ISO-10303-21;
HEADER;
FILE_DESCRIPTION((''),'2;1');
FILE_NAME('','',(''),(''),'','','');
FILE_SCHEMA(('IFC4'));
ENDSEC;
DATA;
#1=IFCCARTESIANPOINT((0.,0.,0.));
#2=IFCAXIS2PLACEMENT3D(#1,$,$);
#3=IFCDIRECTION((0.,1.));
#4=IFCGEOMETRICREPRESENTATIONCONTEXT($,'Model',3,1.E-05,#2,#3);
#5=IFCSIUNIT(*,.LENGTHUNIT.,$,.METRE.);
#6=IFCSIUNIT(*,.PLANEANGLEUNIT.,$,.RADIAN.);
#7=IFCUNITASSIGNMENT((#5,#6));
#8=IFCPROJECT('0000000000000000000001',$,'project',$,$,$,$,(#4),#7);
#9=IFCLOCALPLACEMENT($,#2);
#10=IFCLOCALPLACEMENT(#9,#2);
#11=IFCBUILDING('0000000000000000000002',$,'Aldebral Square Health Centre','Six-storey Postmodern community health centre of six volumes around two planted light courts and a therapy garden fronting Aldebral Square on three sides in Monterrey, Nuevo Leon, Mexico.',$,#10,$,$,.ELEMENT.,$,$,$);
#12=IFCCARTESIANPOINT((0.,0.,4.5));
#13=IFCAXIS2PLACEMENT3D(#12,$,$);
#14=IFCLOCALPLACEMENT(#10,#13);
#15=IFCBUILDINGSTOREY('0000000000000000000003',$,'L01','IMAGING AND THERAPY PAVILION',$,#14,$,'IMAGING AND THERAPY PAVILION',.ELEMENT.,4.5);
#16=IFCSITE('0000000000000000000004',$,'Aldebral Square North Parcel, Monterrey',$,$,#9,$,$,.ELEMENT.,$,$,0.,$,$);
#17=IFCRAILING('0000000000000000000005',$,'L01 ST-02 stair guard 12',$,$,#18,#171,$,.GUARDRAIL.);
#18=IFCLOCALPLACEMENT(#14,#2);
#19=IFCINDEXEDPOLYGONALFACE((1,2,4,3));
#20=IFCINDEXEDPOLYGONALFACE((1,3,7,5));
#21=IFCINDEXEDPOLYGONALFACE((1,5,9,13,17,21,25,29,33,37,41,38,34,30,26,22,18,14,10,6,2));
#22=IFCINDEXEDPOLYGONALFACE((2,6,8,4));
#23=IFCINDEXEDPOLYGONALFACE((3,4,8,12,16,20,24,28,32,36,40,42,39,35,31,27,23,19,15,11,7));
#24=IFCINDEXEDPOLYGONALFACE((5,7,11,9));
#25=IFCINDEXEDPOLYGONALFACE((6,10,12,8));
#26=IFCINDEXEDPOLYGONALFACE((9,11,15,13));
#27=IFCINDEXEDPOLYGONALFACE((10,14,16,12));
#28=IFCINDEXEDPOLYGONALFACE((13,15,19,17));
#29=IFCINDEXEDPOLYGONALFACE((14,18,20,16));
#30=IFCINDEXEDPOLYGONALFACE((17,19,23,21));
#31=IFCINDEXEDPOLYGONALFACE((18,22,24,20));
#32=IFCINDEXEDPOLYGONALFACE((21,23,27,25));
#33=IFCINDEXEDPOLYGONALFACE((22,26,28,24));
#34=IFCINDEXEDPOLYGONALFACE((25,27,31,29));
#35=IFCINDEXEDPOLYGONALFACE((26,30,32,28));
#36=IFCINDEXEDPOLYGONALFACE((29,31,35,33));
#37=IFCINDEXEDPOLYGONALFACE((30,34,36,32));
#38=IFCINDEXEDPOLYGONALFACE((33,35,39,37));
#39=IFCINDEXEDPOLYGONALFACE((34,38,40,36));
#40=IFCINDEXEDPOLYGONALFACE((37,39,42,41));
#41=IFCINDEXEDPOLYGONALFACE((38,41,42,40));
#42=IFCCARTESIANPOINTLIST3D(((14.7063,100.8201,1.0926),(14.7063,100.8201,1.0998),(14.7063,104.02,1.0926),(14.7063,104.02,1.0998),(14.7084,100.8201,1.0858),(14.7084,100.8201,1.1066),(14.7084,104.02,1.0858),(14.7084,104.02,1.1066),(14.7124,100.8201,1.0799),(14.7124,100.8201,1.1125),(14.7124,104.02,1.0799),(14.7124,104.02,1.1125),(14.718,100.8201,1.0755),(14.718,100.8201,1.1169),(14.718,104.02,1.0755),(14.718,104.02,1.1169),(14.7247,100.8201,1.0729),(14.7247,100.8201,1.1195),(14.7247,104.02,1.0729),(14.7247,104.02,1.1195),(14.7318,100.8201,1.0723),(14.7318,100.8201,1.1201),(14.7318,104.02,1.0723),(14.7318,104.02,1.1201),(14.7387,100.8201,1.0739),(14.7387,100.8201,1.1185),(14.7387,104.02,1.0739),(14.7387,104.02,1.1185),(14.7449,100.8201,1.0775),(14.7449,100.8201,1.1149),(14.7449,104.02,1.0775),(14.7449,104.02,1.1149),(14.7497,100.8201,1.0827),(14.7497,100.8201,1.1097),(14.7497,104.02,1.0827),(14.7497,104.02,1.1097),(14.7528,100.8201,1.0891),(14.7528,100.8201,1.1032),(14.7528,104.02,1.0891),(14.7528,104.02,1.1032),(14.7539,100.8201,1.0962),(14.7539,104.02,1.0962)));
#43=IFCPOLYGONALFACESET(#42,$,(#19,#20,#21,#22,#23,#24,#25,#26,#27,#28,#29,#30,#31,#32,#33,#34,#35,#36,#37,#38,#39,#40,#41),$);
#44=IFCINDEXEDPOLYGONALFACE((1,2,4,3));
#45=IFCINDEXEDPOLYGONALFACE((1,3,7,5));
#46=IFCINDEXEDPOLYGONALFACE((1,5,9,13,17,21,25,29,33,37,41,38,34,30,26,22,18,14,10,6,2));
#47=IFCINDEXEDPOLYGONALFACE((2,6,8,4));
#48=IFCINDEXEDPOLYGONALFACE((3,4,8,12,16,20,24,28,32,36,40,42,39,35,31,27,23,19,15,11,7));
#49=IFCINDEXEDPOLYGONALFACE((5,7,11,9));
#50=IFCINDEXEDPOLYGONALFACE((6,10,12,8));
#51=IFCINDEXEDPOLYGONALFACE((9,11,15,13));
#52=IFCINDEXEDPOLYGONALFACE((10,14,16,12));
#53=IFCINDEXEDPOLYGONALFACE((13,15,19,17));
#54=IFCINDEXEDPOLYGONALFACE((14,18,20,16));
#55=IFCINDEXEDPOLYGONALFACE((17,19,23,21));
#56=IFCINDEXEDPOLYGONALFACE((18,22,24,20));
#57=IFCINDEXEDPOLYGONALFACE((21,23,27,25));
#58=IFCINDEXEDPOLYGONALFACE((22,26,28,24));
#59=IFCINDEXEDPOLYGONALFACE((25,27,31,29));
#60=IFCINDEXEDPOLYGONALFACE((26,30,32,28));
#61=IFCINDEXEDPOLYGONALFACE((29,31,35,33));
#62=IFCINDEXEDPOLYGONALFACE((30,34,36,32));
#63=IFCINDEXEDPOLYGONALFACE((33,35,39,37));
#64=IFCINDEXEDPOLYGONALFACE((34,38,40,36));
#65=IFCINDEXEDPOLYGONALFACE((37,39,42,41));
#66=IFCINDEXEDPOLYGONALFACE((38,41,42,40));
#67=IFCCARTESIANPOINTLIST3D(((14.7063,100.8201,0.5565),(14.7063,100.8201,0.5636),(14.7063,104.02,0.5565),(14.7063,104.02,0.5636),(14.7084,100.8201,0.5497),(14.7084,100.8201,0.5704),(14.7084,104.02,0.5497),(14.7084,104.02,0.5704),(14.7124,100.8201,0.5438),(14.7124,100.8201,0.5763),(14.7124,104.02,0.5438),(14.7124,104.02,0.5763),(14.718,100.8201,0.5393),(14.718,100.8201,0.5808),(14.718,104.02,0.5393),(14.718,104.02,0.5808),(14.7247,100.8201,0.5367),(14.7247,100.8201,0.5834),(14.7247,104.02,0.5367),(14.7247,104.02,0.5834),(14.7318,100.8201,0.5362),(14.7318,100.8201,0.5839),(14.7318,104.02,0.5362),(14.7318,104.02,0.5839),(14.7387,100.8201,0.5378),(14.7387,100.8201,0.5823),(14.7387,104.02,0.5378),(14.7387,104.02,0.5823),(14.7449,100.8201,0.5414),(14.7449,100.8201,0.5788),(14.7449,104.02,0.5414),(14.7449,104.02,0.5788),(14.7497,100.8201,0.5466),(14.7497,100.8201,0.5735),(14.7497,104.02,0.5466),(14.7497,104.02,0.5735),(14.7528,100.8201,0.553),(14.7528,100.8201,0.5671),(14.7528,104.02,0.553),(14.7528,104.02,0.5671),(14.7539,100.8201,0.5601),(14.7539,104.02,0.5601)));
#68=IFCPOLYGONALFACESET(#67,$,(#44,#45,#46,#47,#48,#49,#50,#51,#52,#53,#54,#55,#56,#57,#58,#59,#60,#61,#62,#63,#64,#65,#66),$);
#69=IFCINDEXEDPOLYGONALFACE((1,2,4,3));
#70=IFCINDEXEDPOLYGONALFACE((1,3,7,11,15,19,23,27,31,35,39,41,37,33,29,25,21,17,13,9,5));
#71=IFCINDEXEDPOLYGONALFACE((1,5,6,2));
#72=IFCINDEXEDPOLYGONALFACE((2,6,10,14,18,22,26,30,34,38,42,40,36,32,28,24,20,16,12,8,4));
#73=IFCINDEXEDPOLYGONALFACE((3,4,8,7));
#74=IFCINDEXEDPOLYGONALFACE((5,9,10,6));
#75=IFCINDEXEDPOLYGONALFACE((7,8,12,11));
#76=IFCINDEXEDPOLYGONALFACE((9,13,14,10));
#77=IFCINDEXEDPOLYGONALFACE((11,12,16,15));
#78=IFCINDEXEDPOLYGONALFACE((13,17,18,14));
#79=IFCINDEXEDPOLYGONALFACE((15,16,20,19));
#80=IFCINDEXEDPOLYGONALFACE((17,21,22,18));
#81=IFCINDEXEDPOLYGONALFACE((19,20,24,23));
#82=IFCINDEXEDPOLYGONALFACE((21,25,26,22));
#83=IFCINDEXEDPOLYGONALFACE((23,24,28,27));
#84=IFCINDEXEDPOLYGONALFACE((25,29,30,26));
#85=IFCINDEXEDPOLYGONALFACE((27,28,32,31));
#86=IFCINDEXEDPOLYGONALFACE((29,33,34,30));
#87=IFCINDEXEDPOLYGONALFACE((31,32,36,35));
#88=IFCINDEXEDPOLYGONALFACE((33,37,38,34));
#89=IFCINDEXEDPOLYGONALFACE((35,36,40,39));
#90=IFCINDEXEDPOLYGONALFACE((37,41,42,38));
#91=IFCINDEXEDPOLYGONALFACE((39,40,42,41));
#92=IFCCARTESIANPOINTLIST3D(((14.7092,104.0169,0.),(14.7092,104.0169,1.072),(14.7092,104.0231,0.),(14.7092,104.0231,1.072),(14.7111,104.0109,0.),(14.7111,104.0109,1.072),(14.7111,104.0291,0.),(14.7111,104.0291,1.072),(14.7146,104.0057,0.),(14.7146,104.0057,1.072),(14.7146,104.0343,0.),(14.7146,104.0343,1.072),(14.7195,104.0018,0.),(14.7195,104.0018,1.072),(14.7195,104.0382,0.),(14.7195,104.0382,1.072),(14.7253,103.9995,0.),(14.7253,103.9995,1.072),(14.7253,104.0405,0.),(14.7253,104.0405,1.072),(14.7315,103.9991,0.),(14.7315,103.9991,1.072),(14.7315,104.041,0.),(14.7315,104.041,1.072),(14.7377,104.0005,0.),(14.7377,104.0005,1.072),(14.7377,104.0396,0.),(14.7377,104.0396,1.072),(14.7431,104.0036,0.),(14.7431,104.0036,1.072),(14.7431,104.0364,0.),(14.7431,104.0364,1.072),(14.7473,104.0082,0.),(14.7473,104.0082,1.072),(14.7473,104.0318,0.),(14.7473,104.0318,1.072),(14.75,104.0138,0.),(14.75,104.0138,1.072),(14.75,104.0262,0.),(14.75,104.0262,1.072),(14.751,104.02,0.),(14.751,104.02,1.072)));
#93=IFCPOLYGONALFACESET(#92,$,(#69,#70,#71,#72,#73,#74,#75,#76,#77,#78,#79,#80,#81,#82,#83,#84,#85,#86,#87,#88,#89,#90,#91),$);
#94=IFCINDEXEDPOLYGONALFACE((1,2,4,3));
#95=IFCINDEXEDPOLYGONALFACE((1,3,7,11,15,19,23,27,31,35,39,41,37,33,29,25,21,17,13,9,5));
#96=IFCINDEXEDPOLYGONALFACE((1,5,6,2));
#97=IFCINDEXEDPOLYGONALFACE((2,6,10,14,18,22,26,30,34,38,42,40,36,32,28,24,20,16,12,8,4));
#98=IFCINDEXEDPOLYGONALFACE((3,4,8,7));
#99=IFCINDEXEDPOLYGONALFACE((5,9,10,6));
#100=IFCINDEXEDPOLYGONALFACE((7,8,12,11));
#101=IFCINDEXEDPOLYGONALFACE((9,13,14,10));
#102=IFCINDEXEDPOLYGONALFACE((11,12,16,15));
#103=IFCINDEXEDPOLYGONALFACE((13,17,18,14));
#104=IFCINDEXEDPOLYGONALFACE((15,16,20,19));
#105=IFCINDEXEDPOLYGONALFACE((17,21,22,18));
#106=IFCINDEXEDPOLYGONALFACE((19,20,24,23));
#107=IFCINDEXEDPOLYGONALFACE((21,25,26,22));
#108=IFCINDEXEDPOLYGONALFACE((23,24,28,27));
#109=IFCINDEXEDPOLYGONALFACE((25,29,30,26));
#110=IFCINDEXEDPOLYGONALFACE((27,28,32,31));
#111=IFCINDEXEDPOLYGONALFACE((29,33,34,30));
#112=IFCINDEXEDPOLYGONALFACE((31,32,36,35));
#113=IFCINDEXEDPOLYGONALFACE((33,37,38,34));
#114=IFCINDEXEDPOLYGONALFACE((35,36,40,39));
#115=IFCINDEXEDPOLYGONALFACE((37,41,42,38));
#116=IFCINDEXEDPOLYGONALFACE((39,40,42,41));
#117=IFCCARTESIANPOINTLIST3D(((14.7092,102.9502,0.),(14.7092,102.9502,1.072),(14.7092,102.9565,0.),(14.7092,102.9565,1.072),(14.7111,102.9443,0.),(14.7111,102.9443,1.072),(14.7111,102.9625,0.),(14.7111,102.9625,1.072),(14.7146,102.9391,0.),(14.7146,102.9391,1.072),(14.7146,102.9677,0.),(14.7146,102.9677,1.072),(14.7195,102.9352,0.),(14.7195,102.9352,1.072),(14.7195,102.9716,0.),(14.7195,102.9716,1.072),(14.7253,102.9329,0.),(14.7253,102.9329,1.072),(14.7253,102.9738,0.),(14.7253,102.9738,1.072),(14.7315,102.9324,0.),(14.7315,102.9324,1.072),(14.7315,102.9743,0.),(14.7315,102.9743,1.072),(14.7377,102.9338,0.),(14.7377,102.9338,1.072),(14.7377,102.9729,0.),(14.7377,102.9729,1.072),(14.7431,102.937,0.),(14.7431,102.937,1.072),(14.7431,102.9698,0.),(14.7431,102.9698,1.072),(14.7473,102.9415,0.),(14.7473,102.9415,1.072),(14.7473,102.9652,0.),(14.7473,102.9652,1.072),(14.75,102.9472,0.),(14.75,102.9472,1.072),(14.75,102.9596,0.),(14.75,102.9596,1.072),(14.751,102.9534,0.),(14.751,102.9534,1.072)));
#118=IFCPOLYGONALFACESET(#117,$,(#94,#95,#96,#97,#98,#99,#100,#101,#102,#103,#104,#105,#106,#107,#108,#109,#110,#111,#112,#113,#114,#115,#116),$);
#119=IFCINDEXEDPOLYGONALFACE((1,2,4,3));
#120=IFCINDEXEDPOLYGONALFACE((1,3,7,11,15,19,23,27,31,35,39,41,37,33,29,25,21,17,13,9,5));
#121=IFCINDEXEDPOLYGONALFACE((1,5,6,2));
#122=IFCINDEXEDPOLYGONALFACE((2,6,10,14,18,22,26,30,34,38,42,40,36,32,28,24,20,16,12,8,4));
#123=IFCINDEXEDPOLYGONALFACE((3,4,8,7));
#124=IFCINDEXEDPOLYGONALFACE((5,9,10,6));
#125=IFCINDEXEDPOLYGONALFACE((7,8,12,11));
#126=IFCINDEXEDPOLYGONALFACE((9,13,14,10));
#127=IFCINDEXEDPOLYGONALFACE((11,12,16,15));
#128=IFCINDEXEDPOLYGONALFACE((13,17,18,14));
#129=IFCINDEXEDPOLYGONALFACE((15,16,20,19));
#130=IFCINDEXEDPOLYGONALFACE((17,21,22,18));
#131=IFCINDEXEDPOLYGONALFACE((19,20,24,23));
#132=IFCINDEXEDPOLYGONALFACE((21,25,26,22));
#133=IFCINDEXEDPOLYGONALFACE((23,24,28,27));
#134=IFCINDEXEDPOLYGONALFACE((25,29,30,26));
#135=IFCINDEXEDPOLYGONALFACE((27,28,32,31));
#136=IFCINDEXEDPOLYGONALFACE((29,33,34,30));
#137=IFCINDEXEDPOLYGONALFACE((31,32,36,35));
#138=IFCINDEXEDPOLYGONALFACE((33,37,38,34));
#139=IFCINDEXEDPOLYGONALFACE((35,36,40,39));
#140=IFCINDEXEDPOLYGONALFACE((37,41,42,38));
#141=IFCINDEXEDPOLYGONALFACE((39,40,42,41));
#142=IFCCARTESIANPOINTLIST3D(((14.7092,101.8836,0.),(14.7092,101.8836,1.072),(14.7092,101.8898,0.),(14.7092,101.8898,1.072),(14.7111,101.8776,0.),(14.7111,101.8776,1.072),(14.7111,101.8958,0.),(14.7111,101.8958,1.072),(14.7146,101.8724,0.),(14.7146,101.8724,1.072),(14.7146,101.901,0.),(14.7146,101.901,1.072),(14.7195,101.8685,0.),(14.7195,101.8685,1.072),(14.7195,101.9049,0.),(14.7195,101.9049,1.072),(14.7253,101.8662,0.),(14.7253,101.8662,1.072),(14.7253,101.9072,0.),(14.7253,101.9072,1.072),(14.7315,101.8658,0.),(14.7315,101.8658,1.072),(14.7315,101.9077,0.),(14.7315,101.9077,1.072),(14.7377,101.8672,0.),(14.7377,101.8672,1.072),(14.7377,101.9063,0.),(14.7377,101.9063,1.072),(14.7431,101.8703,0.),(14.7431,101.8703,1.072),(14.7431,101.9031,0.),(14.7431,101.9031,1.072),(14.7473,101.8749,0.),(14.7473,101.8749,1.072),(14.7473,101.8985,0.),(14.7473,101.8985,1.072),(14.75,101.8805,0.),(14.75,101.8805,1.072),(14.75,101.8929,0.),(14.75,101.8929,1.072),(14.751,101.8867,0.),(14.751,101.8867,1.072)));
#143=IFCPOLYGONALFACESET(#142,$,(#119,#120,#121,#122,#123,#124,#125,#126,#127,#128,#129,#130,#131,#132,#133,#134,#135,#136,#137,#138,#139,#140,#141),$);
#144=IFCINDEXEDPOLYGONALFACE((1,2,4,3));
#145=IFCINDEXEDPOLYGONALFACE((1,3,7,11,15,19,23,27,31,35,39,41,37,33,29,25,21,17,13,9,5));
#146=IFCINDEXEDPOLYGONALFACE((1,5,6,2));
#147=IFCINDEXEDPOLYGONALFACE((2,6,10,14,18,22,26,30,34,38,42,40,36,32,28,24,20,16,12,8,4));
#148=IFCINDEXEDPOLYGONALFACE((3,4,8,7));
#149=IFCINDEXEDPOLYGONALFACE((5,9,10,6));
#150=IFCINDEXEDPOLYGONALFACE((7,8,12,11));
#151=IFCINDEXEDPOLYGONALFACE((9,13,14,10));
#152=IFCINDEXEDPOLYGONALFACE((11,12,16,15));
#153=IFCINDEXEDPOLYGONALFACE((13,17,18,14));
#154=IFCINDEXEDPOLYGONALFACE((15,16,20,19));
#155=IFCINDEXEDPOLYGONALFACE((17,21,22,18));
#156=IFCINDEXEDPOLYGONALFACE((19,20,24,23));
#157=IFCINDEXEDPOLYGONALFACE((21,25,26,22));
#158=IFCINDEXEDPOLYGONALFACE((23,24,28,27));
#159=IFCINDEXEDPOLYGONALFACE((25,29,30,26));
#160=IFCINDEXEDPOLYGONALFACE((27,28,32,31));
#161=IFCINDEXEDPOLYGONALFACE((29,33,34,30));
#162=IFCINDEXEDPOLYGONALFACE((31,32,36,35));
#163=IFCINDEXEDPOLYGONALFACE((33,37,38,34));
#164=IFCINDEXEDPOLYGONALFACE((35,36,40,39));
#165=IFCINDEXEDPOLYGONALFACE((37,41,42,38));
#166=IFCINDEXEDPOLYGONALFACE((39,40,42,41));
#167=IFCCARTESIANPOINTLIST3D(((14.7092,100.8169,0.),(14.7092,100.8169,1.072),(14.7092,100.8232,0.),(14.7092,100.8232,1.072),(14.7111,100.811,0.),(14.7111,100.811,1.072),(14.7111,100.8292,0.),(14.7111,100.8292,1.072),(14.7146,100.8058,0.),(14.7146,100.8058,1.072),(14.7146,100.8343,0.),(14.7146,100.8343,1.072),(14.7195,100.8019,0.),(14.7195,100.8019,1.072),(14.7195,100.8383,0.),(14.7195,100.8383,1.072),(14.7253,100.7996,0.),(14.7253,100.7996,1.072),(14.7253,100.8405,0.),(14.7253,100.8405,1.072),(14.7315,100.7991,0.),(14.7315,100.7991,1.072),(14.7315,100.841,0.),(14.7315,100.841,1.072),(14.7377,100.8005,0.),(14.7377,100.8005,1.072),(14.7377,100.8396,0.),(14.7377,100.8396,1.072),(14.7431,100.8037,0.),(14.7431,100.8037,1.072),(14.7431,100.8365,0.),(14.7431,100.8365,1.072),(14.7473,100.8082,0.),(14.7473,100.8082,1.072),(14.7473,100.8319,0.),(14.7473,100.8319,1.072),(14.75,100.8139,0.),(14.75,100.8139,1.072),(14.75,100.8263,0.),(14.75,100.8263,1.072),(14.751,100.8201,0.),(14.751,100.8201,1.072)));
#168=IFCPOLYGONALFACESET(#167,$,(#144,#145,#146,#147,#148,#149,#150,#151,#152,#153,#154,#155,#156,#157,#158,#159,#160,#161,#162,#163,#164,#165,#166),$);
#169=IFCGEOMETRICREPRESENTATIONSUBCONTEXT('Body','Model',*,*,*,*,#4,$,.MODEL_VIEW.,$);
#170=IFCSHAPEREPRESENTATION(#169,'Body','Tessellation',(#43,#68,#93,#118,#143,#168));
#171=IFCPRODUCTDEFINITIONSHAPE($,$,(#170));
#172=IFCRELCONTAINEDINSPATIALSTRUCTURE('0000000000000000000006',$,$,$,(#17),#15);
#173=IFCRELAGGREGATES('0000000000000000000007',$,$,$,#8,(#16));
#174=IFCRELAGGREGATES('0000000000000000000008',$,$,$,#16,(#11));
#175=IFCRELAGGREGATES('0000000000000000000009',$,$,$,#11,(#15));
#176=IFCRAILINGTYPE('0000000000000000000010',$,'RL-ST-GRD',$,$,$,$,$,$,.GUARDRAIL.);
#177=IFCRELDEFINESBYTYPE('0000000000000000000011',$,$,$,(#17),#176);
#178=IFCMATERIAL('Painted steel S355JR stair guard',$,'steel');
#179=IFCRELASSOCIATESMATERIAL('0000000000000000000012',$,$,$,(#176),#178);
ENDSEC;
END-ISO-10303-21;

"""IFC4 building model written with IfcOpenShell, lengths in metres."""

from ifc_helpers import new_model, si_unit, direction, frame, origin, origin_2d, place, context, subcontext, project, spatial, circle, extrude, material, type_object, element, save


model = new_model("IFC4")

# Units and contexts
model_context = context("Model", 3, precision=1e-05, world=origin(), true_north=direction((0.0, 1.0)))
body_context = subcontext(model_context, "Body", "Model", "MODEL_VIEW")
ifc_project = project(units=[si_unit("LENGTHUNIT", "METRE"), si_unit("PLANEANGLEUNIT", "RADIAN")], contexts=[model_context])

# Site, building, storey
site_placement = place(None, origin())
site = spatial("IfcSite", under=ifc_project, at=site_placement, Name="Aldebral Square North Parcel, Monterrey", CompositionType="ELEMENT", RefElevation=0.0)
building_placement = place(site_placement, origin())
building = spatial("IfcBuilding", under=site, at=building_placement, Name="Aldebral Square Health Centre", Description="Six-storey Postmodern community health centre of six volumes around two planted light courts and a therapy garden fronting Aldebral Square on three sides in Monterrey, Nuevo Leon, Mexico.", CompositionType="ELEMENT")
storey_placement = place(building_placement, frame((0.0, 0.0, 4.5)))
storey = spatial("IfcBuildingStorey", under=building, at=storey_placement, Name="L01", Description="IMAGING AND THERAPY PAVILION", LongName="IMAGING AND THERAPY PAVILION", CompositionType="ELEMENT", Elevation=4.5)

# Railing
ifc_material_1 = material(Name="Painted steel S355JR stair guard", Category="steel")
railing_type_1 = type_object("IfcRailingType", Name="RL-ST-GRD", PredefinedType="GUARDRAIL", material=ifc_material_1)
railing_1_placement = place(storey_placement, frame((14.73, 104.02, 0.0)))
element("IfcRailing", 1, at=railing_1_placement, inside=storey, type_object=railing_type_1, Name="L01 ST-02 stair guard 12", PredefinedType="GUARDRAIL", context=body_context, shape_type="SweptSolid", body=[
    extrude(circle(Radius=0.0239, at=origin_2d()), frame((0.0, 0.0, 1.0962), z_axis=(0.0, -1.0, 0.0), x_axis=(1.0, 0.0, 0.0)), (0.0, 0.0, 1.0), 3.2),
    extrude(circle(Radius=0.0239, at=origin_2d()), frame((0.0, 0.0, 0.5601), z_axis=(0.0, -1.0, 0.0), x_axis=(1.0, 0.0, 0.0)), (0.0, 0.0, 1.0), 3.2),
    extrude(circle(Radius=0.021, at=origin_2d()), origin(), (0.0, 0.0, 1.0), 1.072),
    extrude(circle(Radius=0.021, at=origin_2d()), frame((0.0, -1.0667, 0.0)), (0.0, 0.0, 1.0), 1.072),
    extrude(circle(Radius=0.021, at=origin_2d()), frame((0.0, -2.1333, 0.0)), (0.0, 0.0, 1.0), 1.072),
    extrude(circle(Radius=0.021, at=origin_2d()), frame((0.0, -3.2, 0.0)), (0.0, 0.0, 1.0), 1.072),
])

save(model, "model.ifc")
